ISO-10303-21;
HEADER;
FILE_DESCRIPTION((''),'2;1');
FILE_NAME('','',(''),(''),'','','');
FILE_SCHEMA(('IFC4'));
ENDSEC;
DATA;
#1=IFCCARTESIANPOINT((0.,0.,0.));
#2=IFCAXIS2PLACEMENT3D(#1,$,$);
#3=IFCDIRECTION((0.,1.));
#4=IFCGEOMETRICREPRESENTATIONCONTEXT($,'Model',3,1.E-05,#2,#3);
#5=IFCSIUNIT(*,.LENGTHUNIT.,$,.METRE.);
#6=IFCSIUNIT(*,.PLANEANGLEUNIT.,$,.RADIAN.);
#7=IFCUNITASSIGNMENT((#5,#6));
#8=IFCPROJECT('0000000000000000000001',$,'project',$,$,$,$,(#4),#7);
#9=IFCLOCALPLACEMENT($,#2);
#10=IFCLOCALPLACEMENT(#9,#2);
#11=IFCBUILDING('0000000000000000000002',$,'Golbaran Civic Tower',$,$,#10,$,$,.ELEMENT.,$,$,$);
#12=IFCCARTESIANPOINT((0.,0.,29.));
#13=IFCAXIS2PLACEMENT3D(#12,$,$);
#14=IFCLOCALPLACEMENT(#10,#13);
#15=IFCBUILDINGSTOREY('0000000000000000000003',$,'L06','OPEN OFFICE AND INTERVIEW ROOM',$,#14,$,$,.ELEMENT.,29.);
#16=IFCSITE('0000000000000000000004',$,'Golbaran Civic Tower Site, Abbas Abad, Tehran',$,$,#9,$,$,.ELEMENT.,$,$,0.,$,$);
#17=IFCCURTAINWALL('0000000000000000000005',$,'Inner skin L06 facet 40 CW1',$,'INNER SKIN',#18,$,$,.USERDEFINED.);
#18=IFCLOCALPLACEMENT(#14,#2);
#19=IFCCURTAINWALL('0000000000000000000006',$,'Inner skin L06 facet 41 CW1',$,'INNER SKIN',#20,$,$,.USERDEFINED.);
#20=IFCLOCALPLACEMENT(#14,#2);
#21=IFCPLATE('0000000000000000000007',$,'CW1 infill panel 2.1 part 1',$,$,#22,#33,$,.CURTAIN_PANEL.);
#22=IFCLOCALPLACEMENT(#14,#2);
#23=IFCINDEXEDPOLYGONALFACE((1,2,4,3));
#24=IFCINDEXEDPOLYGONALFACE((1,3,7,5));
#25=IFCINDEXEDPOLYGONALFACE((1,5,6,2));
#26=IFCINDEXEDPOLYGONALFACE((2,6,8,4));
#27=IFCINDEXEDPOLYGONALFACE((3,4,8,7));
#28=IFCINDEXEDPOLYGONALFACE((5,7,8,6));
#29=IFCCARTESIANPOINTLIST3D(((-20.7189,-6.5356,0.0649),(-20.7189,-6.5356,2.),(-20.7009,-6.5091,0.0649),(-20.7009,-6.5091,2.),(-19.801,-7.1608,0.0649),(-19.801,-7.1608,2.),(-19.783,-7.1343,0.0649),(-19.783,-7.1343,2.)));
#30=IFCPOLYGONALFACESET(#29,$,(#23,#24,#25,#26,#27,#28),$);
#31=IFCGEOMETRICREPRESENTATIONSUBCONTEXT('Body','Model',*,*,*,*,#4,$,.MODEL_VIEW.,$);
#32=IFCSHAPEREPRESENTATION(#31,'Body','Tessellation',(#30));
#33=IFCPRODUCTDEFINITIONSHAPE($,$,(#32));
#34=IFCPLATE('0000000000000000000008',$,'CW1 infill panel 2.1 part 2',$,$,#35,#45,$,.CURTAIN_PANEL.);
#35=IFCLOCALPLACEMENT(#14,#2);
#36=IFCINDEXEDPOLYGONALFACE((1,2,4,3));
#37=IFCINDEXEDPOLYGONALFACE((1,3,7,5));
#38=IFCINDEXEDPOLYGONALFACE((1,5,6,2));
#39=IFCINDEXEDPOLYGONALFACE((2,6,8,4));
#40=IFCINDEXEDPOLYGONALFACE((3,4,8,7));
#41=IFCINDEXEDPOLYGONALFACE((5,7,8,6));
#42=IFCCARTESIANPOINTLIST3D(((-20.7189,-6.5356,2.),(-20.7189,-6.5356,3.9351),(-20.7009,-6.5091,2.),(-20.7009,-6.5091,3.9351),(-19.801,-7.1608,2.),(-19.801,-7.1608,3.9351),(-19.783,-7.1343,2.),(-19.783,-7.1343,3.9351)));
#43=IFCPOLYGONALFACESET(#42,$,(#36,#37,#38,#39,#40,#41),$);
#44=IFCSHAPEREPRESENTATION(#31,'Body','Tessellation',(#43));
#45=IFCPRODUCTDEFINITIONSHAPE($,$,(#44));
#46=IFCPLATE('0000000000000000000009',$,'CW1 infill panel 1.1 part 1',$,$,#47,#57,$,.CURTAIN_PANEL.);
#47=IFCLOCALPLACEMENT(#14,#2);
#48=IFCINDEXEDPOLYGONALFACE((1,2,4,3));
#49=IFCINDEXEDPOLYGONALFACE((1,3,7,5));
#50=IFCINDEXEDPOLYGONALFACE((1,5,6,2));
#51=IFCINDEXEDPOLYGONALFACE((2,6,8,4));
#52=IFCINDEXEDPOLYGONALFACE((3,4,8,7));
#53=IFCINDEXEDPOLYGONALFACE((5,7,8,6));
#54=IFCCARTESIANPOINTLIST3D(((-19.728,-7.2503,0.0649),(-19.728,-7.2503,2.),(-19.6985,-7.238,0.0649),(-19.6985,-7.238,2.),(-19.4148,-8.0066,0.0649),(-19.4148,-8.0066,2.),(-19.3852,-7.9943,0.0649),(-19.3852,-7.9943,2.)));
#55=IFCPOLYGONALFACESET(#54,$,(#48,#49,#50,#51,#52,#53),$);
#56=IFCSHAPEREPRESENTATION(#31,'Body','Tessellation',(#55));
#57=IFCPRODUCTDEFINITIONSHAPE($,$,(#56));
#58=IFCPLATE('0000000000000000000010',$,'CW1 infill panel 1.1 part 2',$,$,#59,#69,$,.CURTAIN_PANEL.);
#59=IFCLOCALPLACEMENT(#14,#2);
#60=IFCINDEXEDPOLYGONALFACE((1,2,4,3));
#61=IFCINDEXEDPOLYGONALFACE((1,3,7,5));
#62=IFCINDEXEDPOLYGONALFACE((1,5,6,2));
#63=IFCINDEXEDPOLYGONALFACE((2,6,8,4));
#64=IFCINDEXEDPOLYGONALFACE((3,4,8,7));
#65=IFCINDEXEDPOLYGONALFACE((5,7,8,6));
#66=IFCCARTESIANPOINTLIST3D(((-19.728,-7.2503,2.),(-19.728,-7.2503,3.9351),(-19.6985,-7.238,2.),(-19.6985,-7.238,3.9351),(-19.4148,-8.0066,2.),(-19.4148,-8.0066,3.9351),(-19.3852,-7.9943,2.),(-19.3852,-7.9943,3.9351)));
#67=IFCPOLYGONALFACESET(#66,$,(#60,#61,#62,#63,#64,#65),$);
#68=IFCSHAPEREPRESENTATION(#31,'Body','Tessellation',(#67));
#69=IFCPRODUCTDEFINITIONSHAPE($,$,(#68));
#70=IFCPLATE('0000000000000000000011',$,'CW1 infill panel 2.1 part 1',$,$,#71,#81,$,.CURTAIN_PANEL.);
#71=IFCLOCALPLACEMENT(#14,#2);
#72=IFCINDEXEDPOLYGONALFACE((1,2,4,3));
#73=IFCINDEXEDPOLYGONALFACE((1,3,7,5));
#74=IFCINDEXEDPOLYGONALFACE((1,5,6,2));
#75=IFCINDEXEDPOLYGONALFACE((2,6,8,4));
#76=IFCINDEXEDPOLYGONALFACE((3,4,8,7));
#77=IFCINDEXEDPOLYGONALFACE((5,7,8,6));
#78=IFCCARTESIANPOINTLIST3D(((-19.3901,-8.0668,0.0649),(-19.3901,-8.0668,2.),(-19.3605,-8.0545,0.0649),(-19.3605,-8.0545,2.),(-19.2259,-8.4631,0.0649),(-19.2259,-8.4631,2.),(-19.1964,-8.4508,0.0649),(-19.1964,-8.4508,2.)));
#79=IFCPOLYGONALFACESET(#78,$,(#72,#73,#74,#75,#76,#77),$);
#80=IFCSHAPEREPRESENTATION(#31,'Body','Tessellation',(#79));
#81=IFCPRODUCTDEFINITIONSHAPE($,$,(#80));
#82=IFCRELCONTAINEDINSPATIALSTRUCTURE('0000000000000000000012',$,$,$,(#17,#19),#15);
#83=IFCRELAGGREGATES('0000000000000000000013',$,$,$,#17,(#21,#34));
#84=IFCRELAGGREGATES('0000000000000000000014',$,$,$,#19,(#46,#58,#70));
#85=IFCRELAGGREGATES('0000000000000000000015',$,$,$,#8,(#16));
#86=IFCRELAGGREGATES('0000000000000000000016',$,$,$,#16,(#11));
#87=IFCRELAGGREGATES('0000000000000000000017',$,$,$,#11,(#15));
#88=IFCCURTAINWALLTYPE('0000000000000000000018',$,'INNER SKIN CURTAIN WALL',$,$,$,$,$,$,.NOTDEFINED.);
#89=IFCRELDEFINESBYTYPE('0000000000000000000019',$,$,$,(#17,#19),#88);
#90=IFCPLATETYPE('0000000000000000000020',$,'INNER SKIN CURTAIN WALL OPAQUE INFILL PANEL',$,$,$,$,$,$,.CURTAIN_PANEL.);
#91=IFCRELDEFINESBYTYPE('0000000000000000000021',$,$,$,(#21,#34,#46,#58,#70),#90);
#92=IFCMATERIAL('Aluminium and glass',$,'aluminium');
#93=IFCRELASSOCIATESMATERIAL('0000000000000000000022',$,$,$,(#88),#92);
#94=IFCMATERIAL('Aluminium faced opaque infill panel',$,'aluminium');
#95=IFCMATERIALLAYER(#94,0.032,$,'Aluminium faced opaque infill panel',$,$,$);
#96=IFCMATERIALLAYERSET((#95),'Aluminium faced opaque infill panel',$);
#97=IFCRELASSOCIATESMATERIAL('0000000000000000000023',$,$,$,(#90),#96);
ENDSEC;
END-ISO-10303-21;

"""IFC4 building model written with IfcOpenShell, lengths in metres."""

from ifc_helpers import new_model, si_unit, direction, frame, origin, origin_2d, place, context, subcontext, project, spatial, rectangle, extrude, material, layer, layer_set, type_object, element, aggregate, save


model = new_model("IFC4")

# Units and contexts
model_context = context("Model", 3, precision=1e-05, world=origin(), true_north=direction((0.0, 1.0)))
body_context = subcontext(model_context, "Body", "Model", "MODEL_VIEW")
ifc_project = project(units=[si_unit("LENGTHUNIT", "METRE"), si_unit("PLANEANGLEUNIT", "RADIAN")], contexts=[model_context])

# Site, building, storey
site_placement = place(None, origin())
site = spatial("IfcSite", under=ifc_project, at=site_placement, Name="Golbaran Civic Tower Site, Abbas Abad, Tehran", CompositionType="ELEMENT", RefElevation=0.0)
building_placement = place(site_placement, origin())
building = spatial("IfcBuilding", under=site, at=building_placement, Name="Golbaran Civic Tower", CompositionType="ELEMENT")
storey_placement = place(building_placement, frame((0.0, 0.0, 29.0)))
storey = spatial("IfcBuildingStorey", under=building, at=storey_placement, Name="L06", Description="OPEN OFFICE AND INTERVIEW ROOM", CompositionType="ELEMENT", Elevation=29.0)

# Shared definitions
ifc_material_1 = material(Name="Aluminium and glass", Category="aluminium")
curtain_wall_type = type_object("IfcCurtainWallType", Name="INNER SKIN CURTAIN WALL", PredefinedType="NOTDEFINED", material=ifc_material_1)

# Curtain walls
curtain_wall_1_placement = place(storey_placement, origin())
curtain_wall_1 = element("IfcCurtainWall", 1, at=curtain_wall_1_placement, inside=storey, type_object=curtain_wall_type, Name="Inner skin L06 facet 40 CW1", ObjectType="INNER SKIN", PredefinedType="USERDEFINED")
curtain_wall_2_placement = place(storey_placement, origin())
curtain_wall_2 = element("IfcCurtainWall", 2, at=curtain_wall_2_placement, inside=storey, type_object=curtain_wall_type, Name="Inner skin L06 facet 41 CW1", ObjectType="INNER SKIN", PredefinedType="USERDEFINED")

# Plates
ifc_material_2 = material(Name="Aluminium faced opaque infill panel", Category="aluminium")
ifc_layer_1 = layer(ifc_material_2, 0.032, Name="Aluminium faced opaque infill panel")
ifc_layer_set_1 = layer_set([ifc_layer_1], Name="Aluminium faced opaque infill panel")
plate_type_1 = type_object("IfcPlateType", Name="INNER SKIN CURTAIN WALL OPAQUE INFILL PANEL", PredefinedType="CURTAIN_PANEL", material=ifc_layer_set_1)
plate_1_placement = place(storey_placement, frame((-20.251, -6.835, 0.0649), z_axis=(0.0, 0.0, 1.0), x_axis=(0.8265, -0.562936, 0.0)))
plate_1 = element("IfcPlate", 3, at=plate_1_placement, type_object=plate_type_1, Name="CW1 infill panel 2.1 part 1", PredefinedType="CURTAIN_PANEL", context=body_context, shape_type="SweptSolid", body=[
    extrude(rectangle(XDim=1.1106, YDim=0.032, at=origin_2d()), origin(), (0.0, 0.0, 1.0), 1.9351),
])
plate_2_placement = place(storey_placement, frame((-20.251, -6.835, 2.0), z_axis=(0.0, 0.0, 1.0), x_axis=(0.8265, -0.562936, 0.0)))
plate_2 = element("IfcPlate", 4, at=plate_2_placement, type_object=plate_type_1, Name="CW1 infill panel 2.1 part 2", PredefinedType="CURTAIN_PANEL", context=body_context, shape_type="SweptSolid", body=[
    extrude(rectangle(XDim=1.1106, YDim=0.032, at=origin_2d()), origin(), (0.0, 0.0, 1.0), 1.9351),
])
aggregate(curtain_wall_1, [plate_1, plate_2])
plate_3_placement = place(storey_placement, frame((-19.5566, -7.6223, 0.0649), z_axis=(0.0, 0.0, 1.0), x_axis=(0.382683, -0.92388, 0.0)))
plate_3 = element("IfcPlate", 5, at=plate_3_placement, type_object=plate_type_1, Name="CW1 infill panel 1.1 part 1", PredefinedType="CURTAIN_PANEL", context=body_context, shape_type="SweptSolid", body=[
    extrude(rectangle(XDim=0.8186, YDim=0.032, at=origin_2d()), origin(), (0.0, 0.0, 1.0), 1.9351),
])
plate_4_placement = place(storey_placement, frame((-19.5566, -7.6223, 2.0), z_axis=(0.0, 0.0, 1.0), x_axis=(0.382683, -0.92388, 0.0)))
plate_4 = element("IfcPlate", 6, at=plate_4_placement, type_object=plate_type_1, Name="CW1 infill panel 1.1 part 2", PredefinedType="CURTAIN_PANEL", context=body_context, shape_type="SweptSolid", body=[
    extrude(rectangle(XDim=0.8186, YDim=0.032, at=origin_2d()), origin(), (0.0, 0.0, 1.0), 1.9351),
])
plate_5_placement = place(storey_placement, frame((-19.2932, -8.2588, 0.0649), z_axis=(0.0, 0.0, 1.0), x_axis=(0.382683, -0.92388, 0.0)))
plate_5 = element("IfcPlate", 7, at=plate_5_placement, type_object=plate_type_1, Name="CW1 infill panel 2.1 part 1", PredefinedType="CURTAIN_PANEL", context=body_context, shape_type="SweptSolid", body=[
    extrude(rectangle(XDim=0.429, YDim=0.032, at=origin_2d()), origin(), (0.0, 0.0, 1.0), 1.9351),
])
aggregate(curtain_wall_2, [plate_3, plate_4, plate_5])

save(model, "model.ifc")
